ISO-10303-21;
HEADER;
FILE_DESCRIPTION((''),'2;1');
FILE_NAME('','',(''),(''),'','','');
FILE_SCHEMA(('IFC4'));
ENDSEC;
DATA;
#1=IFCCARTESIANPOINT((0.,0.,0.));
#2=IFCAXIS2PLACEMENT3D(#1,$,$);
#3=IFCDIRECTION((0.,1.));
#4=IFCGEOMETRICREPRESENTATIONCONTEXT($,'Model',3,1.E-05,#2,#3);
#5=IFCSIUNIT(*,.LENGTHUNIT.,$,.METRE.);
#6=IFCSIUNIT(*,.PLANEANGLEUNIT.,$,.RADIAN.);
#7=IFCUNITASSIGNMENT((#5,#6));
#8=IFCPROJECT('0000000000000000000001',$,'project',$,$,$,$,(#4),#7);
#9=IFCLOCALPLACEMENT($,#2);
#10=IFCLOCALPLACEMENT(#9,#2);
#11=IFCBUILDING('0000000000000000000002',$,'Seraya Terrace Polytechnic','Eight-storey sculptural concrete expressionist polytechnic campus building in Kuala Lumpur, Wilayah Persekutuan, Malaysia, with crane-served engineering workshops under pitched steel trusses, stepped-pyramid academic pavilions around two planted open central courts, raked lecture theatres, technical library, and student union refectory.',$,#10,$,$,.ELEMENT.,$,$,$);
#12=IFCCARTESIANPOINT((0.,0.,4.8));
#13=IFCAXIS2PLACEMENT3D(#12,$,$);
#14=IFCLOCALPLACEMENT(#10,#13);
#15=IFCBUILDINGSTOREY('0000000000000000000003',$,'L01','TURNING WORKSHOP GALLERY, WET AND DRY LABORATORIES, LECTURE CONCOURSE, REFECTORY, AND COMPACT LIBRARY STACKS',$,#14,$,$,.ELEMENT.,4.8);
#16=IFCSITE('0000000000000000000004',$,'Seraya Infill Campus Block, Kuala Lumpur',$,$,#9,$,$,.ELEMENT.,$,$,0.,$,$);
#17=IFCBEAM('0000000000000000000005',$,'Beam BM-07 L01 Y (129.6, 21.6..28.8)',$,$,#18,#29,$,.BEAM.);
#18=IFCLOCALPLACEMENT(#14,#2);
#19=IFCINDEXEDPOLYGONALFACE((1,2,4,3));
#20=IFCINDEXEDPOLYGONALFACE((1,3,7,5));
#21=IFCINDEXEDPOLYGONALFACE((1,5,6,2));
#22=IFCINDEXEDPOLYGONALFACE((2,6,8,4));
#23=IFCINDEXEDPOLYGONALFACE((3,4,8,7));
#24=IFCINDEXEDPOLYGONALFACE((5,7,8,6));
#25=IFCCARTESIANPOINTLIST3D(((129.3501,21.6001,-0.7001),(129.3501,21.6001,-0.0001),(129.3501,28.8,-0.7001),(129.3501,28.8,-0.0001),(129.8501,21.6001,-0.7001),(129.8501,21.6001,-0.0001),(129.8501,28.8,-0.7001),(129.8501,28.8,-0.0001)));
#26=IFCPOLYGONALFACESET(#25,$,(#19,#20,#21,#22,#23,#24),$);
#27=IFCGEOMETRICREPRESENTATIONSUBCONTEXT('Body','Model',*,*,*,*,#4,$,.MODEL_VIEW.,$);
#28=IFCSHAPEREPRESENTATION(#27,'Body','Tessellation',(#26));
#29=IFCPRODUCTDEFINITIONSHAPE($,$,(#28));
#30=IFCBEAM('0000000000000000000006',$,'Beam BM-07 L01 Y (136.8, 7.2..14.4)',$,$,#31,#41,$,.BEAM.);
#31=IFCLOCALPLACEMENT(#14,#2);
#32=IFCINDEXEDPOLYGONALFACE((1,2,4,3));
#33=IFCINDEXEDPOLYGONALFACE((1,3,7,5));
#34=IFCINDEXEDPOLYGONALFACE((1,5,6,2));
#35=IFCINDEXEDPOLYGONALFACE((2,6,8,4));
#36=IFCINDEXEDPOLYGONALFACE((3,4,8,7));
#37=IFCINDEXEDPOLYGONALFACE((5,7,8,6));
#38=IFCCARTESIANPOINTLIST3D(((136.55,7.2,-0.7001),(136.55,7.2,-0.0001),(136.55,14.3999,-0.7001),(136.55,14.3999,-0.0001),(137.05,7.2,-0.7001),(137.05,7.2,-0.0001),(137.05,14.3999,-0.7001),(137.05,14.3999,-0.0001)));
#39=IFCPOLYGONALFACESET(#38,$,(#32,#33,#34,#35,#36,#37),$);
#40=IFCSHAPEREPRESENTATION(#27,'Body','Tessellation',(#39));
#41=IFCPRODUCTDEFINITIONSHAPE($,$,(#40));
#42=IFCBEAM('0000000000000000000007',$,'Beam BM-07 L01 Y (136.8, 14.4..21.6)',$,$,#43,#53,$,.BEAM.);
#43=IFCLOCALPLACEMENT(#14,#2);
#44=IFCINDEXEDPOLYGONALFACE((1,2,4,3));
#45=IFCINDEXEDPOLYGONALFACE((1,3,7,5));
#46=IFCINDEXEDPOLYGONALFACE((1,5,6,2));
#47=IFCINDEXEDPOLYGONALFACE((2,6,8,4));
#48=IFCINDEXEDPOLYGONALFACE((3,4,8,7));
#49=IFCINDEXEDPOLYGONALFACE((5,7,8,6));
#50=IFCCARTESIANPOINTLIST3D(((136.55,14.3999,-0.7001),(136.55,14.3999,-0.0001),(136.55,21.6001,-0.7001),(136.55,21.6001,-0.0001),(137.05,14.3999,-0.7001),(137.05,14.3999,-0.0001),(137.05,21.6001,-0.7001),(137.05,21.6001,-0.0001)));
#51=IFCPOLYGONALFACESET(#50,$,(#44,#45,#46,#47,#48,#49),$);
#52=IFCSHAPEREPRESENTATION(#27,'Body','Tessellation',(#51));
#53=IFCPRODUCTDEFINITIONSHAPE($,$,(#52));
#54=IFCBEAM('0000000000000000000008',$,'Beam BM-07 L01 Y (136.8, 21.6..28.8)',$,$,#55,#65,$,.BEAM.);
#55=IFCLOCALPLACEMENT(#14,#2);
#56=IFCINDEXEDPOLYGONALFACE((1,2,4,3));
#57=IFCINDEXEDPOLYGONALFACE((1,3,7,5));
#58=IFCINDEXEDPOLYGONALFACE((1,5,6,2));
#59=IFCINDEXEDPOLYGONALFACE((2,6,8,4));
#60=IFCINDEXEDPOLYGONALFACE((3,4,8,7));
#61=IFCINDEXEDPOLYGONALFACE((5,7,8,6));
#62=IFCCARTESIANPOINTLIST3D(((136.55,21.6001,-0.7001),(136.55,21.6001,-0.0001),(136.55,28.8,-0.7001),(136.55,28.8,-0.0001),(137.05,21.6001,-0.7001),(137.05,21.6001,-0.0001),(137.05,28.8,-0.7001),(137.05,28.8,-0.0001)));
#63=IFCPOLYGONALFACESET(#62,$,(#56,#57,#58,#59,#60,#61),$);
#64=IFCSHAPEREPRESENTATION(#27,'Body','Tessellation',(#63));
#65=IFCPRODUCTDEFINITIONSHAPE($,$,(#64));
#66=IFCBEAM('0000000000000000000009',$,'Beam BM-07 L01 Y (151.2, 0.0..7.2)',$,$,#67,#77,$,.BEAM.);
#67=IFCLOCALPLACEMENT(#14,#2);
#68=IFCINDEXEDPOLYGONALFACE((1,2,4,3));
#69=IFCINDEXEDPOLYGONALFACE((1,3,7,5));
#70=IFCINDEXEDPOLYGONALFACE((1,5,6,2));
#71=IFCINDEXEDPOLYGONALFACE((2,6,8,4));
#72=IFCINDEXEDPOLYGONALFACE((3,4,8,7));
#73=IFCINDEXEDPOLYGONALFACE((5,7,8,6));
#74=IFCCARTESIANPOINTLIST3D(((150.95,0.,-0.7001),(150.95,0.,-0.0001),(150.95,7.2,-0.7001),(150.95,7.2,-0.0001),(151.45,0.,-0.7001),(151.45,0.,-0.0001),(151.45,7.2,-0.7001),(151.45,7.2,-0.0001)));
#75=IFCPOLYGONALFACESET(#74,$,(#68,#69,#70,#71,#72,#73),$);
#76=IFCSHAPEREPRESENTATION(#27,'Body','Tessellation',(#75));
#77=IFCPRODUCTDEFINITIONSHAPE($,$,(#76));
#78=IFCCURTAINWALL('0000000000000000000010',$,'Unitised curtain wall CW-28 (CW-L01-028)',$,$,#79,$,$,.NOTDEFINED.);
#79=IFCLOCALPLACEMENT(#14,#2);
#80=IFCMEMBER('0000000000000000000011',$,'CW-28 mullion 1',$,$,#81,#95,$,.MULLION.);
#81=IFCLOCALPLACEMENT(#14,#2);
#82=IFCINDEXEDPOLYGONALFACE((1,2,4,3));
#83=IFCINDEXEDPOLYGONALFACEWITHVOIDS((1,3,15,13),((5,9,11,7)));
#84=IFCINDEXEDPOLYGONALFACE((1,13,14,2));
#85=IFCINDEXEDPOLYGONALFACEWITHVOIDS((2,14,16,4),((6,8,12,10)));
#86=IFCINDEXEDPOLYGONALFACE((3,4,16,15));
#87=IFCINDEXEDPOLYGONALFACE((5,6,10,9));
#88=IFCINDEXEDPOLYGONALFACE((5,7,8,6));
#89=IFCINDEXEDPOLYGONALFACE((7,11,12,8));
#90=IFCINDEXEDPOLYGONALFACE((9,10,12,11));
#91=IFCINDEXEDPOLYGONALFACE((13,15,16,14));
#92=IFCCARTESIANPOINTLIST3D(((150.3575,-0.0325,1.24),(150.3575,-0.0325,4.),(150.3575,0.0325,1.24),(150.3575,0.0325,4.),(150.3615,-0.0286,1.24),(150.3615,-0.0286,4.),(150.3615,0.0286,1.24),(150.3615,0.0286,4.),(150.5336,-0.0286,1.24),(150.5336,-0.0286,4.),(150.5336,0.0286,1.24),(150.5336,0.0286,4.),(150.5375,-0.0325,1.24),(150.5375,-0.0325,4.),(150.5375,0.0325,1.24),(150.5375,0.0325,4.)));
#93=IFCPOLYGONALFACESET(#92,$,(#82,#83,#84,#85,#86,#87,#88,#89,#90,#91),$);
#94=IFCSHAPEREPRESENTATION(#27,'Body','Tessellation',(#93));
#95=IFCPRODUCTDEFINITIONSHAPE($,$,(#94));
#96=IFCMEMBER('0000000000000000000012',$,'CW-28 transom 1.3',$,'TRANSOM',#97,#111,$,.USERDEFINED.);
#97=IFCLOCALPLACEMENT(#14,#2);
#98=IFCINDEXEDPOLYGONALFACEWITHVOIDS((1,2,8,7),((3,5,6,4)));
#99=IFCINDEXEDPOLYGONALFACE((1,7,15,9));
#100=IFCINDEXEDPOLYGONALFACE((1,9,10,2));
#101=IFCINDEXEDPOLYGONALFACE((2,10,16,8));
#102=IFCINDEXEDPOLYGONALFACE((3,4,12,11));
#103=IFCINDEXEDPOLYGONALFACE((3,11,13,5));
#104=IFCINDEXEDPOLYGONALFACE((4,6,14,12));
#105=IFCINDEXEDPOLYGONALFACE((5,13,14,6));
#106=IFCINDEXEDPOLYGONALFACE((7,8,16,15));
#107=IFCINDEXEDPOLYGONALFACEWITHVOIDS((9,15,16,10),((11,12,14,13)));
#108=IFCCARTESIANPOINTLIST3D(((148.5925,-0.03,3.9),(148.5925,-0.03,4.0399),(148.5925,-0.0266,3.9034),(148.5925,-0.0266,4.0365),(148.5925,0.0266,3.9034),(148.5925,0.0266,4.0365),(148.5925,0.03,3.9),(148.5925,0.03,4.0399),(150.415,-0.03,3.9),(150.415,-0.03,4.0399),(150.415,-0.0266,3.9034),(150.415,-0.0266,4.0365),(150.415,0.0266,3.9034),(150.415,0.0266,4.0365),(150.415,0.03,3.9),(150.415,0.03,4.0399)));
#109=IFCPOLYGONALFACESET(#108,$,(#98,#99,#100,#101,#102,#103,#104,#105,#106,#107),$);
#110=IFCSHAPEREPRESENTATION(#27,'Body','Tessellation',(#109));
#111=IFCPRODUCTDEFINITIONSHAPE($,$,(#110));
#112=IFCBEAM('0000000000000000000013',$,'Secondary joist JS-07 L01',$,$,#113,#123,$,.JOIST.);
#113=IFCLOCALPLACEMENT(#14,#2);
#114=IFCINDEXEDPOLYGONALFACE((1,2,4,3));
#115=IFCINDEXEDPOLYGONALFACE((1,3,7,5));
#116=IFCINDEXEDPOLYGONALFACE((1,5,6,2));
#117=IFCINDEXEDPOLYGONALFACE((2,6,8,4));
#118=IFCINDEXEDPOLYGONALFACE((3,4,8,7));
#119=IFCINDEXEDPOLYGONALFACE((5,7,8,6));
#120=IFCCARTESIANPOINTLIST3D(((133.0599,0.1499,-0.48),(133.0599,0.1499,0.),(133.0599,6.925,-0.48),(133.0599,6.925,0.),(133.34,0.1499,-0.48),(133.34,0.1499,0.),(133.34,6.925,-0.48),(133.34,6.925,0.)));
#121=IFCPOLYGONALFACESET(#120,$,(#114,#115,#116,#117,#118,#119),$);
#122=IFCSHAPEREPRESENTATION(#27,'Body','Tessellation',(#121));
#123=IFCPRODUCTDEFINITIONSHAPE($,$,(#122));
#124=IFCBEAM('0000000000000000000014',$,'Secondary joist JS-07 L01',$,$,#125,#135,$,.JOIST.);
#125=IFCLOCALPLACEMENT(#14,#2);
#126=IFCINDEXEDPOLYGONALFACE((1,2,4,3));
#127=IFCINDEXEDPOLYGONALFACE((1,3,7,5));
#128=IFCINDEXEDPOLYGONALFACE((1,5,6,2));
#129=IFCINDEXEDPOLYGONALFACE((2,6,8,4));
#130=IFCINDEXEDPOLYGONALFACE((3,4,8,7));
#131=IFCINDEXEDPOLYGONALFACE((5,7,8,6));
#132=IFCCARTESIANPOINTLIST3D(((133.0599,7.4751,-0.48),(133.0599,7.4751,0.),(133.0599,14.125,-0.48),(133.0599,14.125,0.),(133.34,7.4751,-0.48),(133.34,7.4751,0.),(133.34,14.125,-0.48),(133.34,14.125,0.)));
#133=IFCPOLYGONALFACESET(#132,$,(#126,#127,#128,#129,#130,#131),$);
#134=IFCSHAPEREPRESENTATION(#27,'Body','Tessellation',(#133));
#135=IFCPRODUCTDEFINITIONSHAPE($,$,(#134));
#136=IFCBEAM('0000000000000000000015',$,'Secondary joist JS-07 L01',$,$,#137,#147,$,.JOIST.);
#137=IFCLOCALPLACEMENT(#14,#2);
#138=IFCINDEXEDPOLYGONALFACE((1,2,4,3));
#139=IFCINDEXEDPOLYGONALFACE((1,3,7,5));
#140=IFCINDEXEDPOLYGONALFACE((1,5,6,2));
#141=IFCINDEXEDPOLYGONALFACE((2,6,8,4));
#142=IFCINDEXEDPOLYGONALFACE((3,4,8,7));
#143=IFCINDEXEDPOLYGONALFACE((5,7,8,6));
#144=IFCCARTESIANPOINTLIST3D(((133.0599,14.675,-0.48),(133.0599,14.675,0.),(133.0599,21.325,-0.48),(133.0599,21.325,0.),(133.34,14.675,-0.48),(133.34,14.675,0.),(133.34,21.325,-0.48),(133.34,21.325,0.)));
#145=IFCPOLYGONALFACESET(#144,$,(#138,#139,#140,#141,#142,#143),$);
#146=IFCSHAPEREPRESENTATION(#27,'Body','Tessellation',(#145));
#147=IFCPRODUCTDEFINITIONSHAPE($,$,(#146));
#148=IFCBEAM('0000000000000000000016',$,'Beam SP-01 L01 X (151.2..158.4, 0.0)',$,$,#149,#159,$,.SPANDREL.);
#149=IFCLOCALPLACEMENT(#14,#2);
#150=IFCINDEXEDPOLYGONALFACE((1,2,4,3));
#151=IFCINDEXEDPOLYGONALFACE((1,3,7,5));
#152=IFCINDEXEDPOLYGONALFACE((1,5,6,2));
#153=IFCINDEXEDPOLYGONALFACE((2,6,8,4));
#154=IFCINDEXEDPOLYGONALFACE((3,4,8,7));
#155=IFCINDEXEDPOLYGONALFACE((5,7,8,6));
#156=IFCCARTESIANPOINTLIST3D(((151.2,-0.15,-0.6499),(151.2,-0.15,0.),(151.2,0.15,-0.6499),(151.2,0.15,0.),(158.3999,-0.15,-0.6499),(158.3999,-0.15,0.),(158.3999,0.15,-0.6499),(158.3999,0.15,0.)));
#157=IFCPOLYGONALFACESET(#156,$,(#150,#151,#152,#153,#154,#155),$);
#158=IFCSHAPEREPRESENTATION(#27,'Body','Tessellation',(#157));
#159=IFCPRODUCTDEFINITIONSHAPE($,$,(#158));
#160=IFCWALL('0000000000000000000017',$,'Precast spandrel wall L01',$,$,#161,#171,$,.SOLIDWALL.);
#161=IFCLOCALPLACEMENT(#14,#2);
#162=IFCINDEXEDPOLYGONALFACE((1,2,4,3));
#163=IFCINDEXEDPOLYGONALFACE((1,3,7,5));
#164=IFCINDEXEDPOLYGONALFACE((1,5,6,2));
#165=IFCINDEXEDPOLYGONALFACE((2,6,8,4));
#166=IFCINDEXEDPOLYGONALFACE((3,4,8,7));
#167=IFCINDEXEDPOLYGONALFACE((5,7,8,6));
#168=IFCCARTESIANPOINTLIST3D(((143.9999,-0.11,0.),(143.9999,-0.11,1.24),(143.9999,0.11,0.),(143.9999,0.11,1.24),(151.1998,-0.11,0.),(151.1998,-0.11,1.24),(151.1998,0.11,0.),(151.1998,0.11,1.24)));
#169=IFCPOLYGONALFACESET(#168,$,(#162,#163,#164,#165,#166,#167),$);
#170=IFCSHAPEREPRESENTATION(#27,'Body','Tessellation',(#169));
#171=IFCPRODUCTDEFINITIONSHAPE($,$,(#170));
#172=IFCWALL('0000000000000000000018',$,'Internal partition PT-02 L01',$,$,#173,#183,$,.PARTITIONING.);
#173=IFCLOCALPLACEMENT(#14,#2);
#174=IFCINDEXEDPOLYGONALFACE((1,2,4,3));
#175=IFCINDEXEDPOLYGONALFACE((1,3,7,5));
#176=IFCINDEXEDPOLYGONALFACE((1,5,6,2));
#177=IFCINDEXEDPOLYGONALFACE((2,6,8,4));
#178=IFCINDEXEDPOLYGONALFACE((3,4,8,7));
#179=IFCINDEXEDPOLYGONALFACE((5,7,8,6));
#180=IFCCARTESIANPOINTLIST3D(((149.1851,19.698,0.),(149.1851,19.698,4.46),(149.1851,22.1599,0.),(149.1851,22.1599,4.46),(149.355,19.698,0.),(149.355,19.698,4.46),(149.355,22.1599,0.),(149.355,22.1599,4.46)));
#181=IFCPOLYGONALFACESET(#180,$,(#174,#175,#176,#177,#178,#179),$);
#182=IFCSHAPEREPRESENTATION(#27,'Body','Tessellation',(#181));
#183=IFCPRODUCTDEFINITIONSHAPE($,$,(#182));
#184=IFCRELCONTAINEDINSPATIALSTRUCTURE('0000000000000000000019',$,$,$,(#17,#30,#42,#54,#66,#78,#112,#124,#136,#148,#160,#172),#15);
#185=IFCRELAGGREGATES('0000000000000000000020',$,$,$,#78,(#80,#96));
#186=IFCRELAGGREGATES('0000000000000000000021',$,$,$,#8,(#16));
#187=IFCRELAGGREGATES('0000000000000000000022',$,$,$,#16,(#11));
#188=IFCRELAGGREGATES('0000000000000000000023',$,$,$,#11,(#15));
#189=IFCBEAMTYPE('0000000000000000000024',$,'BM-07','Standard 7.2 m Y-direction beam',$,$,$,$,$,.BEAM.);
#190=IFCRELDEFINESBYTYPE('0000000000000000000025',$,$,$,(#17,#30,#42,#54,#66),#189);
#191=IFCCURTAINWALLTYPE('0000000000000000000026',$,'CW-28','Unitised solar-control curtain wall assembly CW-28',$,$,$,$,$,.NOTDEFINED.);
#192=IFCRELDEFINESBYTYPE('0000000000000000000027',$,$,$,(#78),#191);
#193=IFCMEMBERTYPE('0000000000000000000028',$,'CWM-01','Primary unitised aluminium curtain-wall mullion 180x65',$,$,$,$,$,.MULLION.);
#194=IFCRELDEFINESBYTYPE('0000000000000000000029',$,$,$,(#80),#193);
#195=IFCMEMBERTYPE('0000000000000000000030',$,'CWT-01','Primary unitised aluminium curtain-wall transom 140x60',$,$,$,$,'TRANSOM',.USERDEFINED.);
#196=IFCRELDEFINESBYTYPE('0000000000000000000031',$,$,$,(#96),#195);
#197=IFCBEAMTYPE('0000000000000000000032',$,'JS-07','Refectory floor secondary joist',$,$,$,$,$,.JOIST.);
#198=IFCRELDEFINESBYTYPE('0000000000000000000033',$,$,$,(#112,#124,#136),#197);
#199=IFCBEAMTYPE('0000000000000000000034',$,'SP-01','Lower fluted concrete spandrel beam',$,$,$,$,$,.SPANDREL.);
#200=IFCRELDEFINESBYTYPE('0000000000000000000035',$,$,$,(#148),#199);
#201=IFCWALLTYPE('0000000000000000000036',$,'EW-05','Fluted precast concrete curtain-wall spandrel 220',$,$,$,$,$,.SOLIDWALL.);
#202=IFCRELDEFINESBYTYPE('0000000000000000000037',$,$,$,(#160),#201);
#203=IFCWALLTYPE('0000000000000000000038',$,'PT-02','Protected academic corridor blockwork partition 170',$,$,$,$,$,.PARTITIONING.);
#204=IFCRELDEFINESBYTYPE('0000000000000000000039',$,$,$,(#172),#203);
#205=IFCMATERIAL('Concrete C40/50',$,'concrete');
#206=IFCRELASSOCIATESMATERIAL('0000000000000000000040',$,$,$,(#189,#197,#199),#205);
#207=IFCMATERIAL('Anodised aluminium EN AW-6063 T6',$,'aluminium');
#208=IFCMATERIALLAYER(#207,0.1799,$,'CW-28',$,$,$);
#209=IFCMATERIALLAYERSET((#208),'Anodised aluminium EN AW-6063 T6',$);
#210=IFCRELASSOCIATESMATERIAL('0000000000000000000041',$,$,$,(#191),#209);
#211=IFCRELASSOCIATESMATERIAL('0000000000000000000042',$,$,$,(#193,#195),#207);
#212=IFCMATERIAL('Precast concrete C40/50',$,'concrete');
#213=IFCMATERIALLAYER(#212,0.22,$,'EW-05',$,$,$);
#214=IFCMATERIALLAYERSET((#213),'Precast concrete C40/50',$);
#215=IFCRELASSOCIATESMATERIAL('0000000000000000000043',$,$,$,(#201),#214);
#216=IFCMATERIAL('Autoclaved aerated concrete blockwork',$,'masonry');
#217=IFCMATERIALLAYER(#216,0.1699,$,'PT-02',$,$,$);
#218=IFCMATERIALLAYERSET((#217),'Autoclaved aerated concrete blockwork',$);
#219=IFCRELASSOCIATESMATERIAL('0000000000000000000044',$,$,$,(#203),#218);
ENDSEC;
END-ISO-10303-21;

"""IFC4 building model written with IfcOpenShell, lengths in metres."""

from ifc_helpers import new_model, si_unit, direction, frame, frame_2d, origin, origin_2d, place, context, subcontext, project, spatial, rectangle, hollow_rectangle, extrude, material, layer, layer_set, material_profile, profile_set, type_object, element, aggregate, save


model = new_model("IFC4")

# Units and contexts
model_context = context("Model", 3, precision=1e-05, world=origin(), true_north=direction((0.0, 1.0)))
body_context = subcontext(model_context, "Body", "Model", "MODEL_VIEW")
ifc_project = project(units=[si_unit("LENGTHUNIT", "METRE"), si_unit("PLANEANGLEUNIT", "RADIAN")], contexts=[model_context])

# Site, building, storey
site_placement = place(None, origin())
site = spatial("IfcSite", under=ifc_project, at=site_placement, Name="Seraya Infill Campus Block, Kuala Lumpur", CompositionType="ELEMENT", RefElevation=0.0)
building_placement = place(site_placement, origin())
building = spatial("IfcBuilding", under=site, at=building_placement, Name="Seraya Terrace Polytechnic", Description="Eight-storey sculptural concrete expressionist polytechnic campus building in Kuala Lumpur, Wilayah Persekutuan, Malaysia, with crane-served engineering workshops under pitched steel trusses, stepped-pyramid academic pavilions around two planted open central courts, raked lecture theatres, technical library, and student union refectory.", CompositionType="ELEMENT")
storey_placement = place(building_placement, frame((0.0, 0.0, 4.8)))
storey = spatial("IfcBuildingStorey", under=building, at=storey_placement, Name="L01", Description="TURNING WORKSHOP GALLERY, WET AND DRY LABORATORIES, LECTURE CONCOURSE, REFECTORY, AND COMPACT LIBRARY STACKS", CompositionType="ELEMENT", Elevation=4.8)

# Shared definitions
ifc_material_1 = material(Name="Concrete C40/50", Category="concrete")

# Beams
ifc_material_profile_1 = material_profile(ifc_material_1, rectangle(XDim=0.5, YDim=0.7, at=origin_2d()), Name="RC 500x700")
ifc_profile_set_1 = profile_set([ifc_material_profile_1], Name="Concrete C40/50")
beam_type_1 = type_object("IfcBeamType", Name="BM-07", Description="Standard 7.2 m Y-direction beam", PredefinedType="BEAM", material=ifc_profile_set_1)
for number, where, z_axis, x_axis, name in (
    (1, (129.6001, 21.6001, -0.3501), (0.0, 1.0, 0.0), (-1.0, 0.0, 0.0), "Beam BM-07 L01 Y (129.6, 21.6..28.8)"),
    (2, (136.8, 7.2, -0.3501), (0.0, 1.0, 0.0), (-1.0, 0.0, 0.0), "Beam BM-07 L01 Y (136.8, 7.2..14.4)"),
):
    element("IfcBeam", number, at=place(storey_placement, frame(where, z_axis=z_axis, x_axis=x_axis)), inside=storey, type_object=beam_type_1, Name=name, PredefinedType="BEAM", context=body_context, shape_type="SweptSolid", body=[
        extrude(rectangle(XDim=0.5, YDim=0.7, at=origin_2d()), origin(), (0.0, 0.0, 1.0), 7.2),
    ])
beam_1_placement = place(storey_placement, frame((136.8, 14.3999, -0.3501), z_axis=(0.0, 1.0, 0.0), x_axis=(-1.0, 0.0, 0.0)))
element("IfcBeam", 3, at=beam_1_placement, inside=storey, type_object=beam_type_1, Name="Beam BM-07 L01 Y (136.8, 14.4..21.6)", PredefinedType="BEAM", context=body_context, shape_type="SweptSolid", body=[
    extrude(rectangle(XDim=0.5, YDim=0.7, at=origin_2d()), origin(), (0.0, 0.0, 1.0), 7.2002),
])
for number, where, z_axis, x_axis, name in (
    (4, (136.8, 21.6001, -0.3501), (0.0, 1.0, 0.0), (-1.0, 0.0, 0.0), "Beam BM-07 L01 Y (136.8, 21.6..28.8)"),
    (5, (151.2, 0.0, -0.3501), (0.0, 1.0, 0.0), (-1.0, 0.0, 0.0), "Beam BM-07 L01 Y (151.2, 0.0..7.2)"),
):
    element("IfcBeam", number, at=place(storey_placement, frame(where, z_axis=z_axis, x_axis=x_axis)), inside=storey, type_object=beam_type_1, Name=name, PredefinedType="BEAM", context=body_context, shape_type="SweptSolid", body=[
        extrude(rectangle(XDim=0.5, YDim=0.7, at=origin_2d()), origin(), (0.0, 0.0, 1.0), 7.2),
    ])

# Curtain wall, members
ifc_material_2 = material(Name="Anodised aluminium EN AW-6063 T6", Category="aluminium")
ifc_layer_1 = layer(ifc_material_2, 0.1799, Name="CW-28")
ifc_layer_set_1 = layer_set([ifc_layer_1], Name="Anodised aluminium EN AW-6063 T6")
curtain_wall_type = type_object("IfcCurtainWallType", Name="CW-28", Description="Unitised solar-control curtain wall assembly CW-28", PredefinedType="NOTDEFINED", material=ifc_layer_set_1)
curtain_wall_placement = place(storey_placement, origin())
curtain_wall = element("IfcCurtainWall", 6, at=curtain_wall_placement, inside=storey, type_object=curtain_wall_type, Name="Unitised curtain wall CW-28 (CW-L01-028)", PredefinedType="NOTDEFINED")
ifc_material_profile_2 = material_profile(ifc_material_2, hollow_rectangle(XDim=0.0649, YDim=0.1799, WallThickness=0.0039, at=origin_2d()), Name="RHS 180x65x4.0")
ifc_profile_set_2 = profile_set([ifc_material_profile_2], Name="Anodised aluminium EN AW-6063 T6")
member_type_1 = type_object("IfcMemberType", Name="CWM-01", Description="Primary unitised aluminium curtain-wall mullion 180x65", PredefinedType="MULLION", material=ifc_profile_set_2)
member_1_placement = place(storey_placement, frame((150.4475, 0.0, 1.24), z_axis=(0.0, 0.0, 1.0), x_axis=(0.0, -1.0, 0.0)))
member_1 = element("IfcMember", 7, at=member_1_placement, type_object=member_type_1, Name="CW-28 mullion 1", PredefinedType="MULLION", context=body_context, shape_type="SweptSolid", body=[
    extrude(hollow_rectangle(XDim=0.0649, YDim=0.1799, WallThickness=0.0039, at=origin_2d()), origin(), (0.0, 0.0, 1.0), 2.76),
])
ifc_material_profile_3 = material_profile(ifc_material_2, hollow_rectangle(XDim=0.0601, YDim=0.1399, WallThickness=0.0034, at=origin_2d()), Name="RHS 140x60x3.5")
ifc_profile_set_3 = profile_set([ifc_material_profile_3], Name="Anodised aluminium EN AW-6063 T6")
member_type_2 = type_object("IfcMemberType", Name="CWT-01", Description="Primary unitised aluminium curtain-wall transom 140x60", ElementType="TRANSOM", PredefinedType="USERDEFINED", material=ifc_profile_set_3)
member_2_placement = place(storey_placement, frame((150.415, 0.0, 3.97), z_axis=(-1.0, 0.0, 0.0), x_axis=(0.0, -1.0, 0.0)))
member_2 = element("IfcMember", 8, at=member_2_placement, type_object=member_type_2, Name="CW-28 transom 1.3", ObjectType="TRANSOM", PredefinedType="USERDEFINED", context=body_context, shape_type="SweptSolid", body=[
    extrude(hollow_rectangle(XDim=0.0601, YDim=0.1399, WallThickness=0.0034, at=origin_2d()), origin(), (0.0, 0.0, 1.0), 1.8225),
])
aggregate(curtain_wall, [member_1, member_2])

# Beams
ifc_material_profile_4 = material_profile(ifc_material_1, rectangle(XDim=0.28, YDim=0.48, at=origin_2d()), Name="RC 280x480")
ifc_profile_set_4 = profile_set([ifc_material_profile_4], Name="Concrete C40/50")
beam_type_2 = type_object("IfcBeamType", Name="JS-07", Description="Refectory floor secondary joist", PredefinedType="JOIST", material=ifc_profile_set_4)
beam_2_placement = place(storey_placement, frame((133.2, 0.1499, -0.24), z_axis=(0.0, 1.0, 0.0), x_axis=(-1.0, 0.0, 0.0)))
element("IfcBeam", 9, at=beam_2_placement, inside=storey, type_object=beam_type_2, Name="Secondary joist JS-07 L01", PredefinedType="JOIST", context=body_context, shape_type="SweptSolid", body=[
    extrude(rectangle(XDim=0.28, YDim=0.48, at=origin_2d()), origin(), (0.0, 0.0, 1.0), 6.7751),
])
for number, where, z_axis, x_axis, name in (
    (10, (133.2, 7.4751, -0.24), (0.0, 1.0, 0.0), (-1.0, 0.0, 0.0), "Secondary joist JS-07 L01"),
    (11, (133.2, 14.675, -0.24), (0.0, 1.0, 0.0), (-1.0, 0.0, 0.0), "Secondary joist JS-07 L01"),
):
    element("IfcBeam", number, at=place(storey_placement, frame(where, z_axis=z_axis, x_axis=x_axis)), inside=storey, type_object=beam_type_2, Name=name, PredefinedType="JOIST", context=body_context, shape_type="SweptSolid", body=[
        extrude(rectangle(XDim=0.28, YDim=0.48, at=origin_2d()), origin(), (0.0, 0.0, 1.0), 6.6499),
    ])
ifc_material_profile_5 = material_profile(ifc_material_1, rectangle(XDim=0.3, YDim=0.6499, at=origin_2d()), Name="RC 300x650")
ifc_profile_set_5 = profile_set([ifc_material_profile_5], Name="Concrete C40/50")
beam_type_3 = type_object("IfcBeamType", Name="SP-01", Description="Lower fluted concrete spandrel beam", PredefinedType="SPANDREL", material=ifc_profile_set_5)
beam_3_placement = place(storey_placement, frame((151.2, 0.0, -0.325), z_axis=(1.0, 0.0, 0.0), x_axis=(0.0, 1.0, 0.0)))
element("IfcBeam", 12, at=beam_3_placement, inside=storey, type_object=beam_type_3, Name="Beam SP-01 L01 X (151.2..158.4, 0.0)", PredefinedType="SPANDREL", context=body_context, shape_type="SweptSolid", body=[
    extrude(rectangle(XDim=0.3, YDim=0.6499, at=origin_2d()), origin(), (0.0, 0.0, 1.0), 7.2),
])

# Walls
ifc_material_3 = material(Name="Precast concrete C40/50", Category="concrete")
ifc_layer_2 = layer(ifc_material_3, 0.22, Name="EW-05")
ifc_layer_set_2 = layer_set([ifc_layer_2], Name="Precast concrete C40/50")
wall_type_1 = type_object("IfcWallType", Name="EW-05", Description="Fluted precast concrete curtain-wall spandrel 220", PredefinedType="SOLIDWALL", material=ifc_layer_set_2)
wall_1_placement = place(storey_placement, frame((151.2, 0.0, 0.0), z_axis=(0.0, 0.0, 1.0), x_axis=(-1.0, 0.0, 0.0)))
element("IfcWall", 13, at=wall_1_placement, inside=storey, type_object=wall_type_1, Name="Precast spandrel wall L01", PredefinedType="SOLIDWALL", context=body_context, shape_type="SweptSolid", body=[
    extrude(rectangle(XDim=7.2, YDim=0.22, at=frame_2d((3.6001, 0.0))), origin(), (0.0, 0.0, 1.0), 1.24),
])
ifc_material_4 = material(Name="Autoclaved aerated concrete blockwork", Category="masonry")
ifc_layer_3 = layer(ifc_material_4, 0.1699, Name="PT-02")
ifc_layer_set_3 = layer_set([ifc_layer_3], Name="Autoclaved aerated concrete blockwork")
wall_type_2 = type_object("IfcWallType", Name="PT-02", Description="Protected academic corridor blockwork partition 170", PredefinedType="PARTITIONING", material=ifc_layer_set_3)
wall_2_placement = place(storey_placement, frame((149.27, 19.698, 0.0), z_axis=(0.0, 0.0, 1.0), x_axis=(0.0, 1.0, 0.0)))
element("IfcWall", 14, at=wall_2_placement, inside=storey, type_object=wall_type_2, Name="Internal partition PT-02 L01", PredefinedType="PARTITIONING", context=body_context, shape_type="SweptSolid", body=[
    extrude(rectangle(XDim=2.4619, YDim=0.1699, at=frame_2d((1.231, 0.0))), origin(), (0.0, 0.0, 1.0), 4.46),
])

save(model, "model.ifc")
